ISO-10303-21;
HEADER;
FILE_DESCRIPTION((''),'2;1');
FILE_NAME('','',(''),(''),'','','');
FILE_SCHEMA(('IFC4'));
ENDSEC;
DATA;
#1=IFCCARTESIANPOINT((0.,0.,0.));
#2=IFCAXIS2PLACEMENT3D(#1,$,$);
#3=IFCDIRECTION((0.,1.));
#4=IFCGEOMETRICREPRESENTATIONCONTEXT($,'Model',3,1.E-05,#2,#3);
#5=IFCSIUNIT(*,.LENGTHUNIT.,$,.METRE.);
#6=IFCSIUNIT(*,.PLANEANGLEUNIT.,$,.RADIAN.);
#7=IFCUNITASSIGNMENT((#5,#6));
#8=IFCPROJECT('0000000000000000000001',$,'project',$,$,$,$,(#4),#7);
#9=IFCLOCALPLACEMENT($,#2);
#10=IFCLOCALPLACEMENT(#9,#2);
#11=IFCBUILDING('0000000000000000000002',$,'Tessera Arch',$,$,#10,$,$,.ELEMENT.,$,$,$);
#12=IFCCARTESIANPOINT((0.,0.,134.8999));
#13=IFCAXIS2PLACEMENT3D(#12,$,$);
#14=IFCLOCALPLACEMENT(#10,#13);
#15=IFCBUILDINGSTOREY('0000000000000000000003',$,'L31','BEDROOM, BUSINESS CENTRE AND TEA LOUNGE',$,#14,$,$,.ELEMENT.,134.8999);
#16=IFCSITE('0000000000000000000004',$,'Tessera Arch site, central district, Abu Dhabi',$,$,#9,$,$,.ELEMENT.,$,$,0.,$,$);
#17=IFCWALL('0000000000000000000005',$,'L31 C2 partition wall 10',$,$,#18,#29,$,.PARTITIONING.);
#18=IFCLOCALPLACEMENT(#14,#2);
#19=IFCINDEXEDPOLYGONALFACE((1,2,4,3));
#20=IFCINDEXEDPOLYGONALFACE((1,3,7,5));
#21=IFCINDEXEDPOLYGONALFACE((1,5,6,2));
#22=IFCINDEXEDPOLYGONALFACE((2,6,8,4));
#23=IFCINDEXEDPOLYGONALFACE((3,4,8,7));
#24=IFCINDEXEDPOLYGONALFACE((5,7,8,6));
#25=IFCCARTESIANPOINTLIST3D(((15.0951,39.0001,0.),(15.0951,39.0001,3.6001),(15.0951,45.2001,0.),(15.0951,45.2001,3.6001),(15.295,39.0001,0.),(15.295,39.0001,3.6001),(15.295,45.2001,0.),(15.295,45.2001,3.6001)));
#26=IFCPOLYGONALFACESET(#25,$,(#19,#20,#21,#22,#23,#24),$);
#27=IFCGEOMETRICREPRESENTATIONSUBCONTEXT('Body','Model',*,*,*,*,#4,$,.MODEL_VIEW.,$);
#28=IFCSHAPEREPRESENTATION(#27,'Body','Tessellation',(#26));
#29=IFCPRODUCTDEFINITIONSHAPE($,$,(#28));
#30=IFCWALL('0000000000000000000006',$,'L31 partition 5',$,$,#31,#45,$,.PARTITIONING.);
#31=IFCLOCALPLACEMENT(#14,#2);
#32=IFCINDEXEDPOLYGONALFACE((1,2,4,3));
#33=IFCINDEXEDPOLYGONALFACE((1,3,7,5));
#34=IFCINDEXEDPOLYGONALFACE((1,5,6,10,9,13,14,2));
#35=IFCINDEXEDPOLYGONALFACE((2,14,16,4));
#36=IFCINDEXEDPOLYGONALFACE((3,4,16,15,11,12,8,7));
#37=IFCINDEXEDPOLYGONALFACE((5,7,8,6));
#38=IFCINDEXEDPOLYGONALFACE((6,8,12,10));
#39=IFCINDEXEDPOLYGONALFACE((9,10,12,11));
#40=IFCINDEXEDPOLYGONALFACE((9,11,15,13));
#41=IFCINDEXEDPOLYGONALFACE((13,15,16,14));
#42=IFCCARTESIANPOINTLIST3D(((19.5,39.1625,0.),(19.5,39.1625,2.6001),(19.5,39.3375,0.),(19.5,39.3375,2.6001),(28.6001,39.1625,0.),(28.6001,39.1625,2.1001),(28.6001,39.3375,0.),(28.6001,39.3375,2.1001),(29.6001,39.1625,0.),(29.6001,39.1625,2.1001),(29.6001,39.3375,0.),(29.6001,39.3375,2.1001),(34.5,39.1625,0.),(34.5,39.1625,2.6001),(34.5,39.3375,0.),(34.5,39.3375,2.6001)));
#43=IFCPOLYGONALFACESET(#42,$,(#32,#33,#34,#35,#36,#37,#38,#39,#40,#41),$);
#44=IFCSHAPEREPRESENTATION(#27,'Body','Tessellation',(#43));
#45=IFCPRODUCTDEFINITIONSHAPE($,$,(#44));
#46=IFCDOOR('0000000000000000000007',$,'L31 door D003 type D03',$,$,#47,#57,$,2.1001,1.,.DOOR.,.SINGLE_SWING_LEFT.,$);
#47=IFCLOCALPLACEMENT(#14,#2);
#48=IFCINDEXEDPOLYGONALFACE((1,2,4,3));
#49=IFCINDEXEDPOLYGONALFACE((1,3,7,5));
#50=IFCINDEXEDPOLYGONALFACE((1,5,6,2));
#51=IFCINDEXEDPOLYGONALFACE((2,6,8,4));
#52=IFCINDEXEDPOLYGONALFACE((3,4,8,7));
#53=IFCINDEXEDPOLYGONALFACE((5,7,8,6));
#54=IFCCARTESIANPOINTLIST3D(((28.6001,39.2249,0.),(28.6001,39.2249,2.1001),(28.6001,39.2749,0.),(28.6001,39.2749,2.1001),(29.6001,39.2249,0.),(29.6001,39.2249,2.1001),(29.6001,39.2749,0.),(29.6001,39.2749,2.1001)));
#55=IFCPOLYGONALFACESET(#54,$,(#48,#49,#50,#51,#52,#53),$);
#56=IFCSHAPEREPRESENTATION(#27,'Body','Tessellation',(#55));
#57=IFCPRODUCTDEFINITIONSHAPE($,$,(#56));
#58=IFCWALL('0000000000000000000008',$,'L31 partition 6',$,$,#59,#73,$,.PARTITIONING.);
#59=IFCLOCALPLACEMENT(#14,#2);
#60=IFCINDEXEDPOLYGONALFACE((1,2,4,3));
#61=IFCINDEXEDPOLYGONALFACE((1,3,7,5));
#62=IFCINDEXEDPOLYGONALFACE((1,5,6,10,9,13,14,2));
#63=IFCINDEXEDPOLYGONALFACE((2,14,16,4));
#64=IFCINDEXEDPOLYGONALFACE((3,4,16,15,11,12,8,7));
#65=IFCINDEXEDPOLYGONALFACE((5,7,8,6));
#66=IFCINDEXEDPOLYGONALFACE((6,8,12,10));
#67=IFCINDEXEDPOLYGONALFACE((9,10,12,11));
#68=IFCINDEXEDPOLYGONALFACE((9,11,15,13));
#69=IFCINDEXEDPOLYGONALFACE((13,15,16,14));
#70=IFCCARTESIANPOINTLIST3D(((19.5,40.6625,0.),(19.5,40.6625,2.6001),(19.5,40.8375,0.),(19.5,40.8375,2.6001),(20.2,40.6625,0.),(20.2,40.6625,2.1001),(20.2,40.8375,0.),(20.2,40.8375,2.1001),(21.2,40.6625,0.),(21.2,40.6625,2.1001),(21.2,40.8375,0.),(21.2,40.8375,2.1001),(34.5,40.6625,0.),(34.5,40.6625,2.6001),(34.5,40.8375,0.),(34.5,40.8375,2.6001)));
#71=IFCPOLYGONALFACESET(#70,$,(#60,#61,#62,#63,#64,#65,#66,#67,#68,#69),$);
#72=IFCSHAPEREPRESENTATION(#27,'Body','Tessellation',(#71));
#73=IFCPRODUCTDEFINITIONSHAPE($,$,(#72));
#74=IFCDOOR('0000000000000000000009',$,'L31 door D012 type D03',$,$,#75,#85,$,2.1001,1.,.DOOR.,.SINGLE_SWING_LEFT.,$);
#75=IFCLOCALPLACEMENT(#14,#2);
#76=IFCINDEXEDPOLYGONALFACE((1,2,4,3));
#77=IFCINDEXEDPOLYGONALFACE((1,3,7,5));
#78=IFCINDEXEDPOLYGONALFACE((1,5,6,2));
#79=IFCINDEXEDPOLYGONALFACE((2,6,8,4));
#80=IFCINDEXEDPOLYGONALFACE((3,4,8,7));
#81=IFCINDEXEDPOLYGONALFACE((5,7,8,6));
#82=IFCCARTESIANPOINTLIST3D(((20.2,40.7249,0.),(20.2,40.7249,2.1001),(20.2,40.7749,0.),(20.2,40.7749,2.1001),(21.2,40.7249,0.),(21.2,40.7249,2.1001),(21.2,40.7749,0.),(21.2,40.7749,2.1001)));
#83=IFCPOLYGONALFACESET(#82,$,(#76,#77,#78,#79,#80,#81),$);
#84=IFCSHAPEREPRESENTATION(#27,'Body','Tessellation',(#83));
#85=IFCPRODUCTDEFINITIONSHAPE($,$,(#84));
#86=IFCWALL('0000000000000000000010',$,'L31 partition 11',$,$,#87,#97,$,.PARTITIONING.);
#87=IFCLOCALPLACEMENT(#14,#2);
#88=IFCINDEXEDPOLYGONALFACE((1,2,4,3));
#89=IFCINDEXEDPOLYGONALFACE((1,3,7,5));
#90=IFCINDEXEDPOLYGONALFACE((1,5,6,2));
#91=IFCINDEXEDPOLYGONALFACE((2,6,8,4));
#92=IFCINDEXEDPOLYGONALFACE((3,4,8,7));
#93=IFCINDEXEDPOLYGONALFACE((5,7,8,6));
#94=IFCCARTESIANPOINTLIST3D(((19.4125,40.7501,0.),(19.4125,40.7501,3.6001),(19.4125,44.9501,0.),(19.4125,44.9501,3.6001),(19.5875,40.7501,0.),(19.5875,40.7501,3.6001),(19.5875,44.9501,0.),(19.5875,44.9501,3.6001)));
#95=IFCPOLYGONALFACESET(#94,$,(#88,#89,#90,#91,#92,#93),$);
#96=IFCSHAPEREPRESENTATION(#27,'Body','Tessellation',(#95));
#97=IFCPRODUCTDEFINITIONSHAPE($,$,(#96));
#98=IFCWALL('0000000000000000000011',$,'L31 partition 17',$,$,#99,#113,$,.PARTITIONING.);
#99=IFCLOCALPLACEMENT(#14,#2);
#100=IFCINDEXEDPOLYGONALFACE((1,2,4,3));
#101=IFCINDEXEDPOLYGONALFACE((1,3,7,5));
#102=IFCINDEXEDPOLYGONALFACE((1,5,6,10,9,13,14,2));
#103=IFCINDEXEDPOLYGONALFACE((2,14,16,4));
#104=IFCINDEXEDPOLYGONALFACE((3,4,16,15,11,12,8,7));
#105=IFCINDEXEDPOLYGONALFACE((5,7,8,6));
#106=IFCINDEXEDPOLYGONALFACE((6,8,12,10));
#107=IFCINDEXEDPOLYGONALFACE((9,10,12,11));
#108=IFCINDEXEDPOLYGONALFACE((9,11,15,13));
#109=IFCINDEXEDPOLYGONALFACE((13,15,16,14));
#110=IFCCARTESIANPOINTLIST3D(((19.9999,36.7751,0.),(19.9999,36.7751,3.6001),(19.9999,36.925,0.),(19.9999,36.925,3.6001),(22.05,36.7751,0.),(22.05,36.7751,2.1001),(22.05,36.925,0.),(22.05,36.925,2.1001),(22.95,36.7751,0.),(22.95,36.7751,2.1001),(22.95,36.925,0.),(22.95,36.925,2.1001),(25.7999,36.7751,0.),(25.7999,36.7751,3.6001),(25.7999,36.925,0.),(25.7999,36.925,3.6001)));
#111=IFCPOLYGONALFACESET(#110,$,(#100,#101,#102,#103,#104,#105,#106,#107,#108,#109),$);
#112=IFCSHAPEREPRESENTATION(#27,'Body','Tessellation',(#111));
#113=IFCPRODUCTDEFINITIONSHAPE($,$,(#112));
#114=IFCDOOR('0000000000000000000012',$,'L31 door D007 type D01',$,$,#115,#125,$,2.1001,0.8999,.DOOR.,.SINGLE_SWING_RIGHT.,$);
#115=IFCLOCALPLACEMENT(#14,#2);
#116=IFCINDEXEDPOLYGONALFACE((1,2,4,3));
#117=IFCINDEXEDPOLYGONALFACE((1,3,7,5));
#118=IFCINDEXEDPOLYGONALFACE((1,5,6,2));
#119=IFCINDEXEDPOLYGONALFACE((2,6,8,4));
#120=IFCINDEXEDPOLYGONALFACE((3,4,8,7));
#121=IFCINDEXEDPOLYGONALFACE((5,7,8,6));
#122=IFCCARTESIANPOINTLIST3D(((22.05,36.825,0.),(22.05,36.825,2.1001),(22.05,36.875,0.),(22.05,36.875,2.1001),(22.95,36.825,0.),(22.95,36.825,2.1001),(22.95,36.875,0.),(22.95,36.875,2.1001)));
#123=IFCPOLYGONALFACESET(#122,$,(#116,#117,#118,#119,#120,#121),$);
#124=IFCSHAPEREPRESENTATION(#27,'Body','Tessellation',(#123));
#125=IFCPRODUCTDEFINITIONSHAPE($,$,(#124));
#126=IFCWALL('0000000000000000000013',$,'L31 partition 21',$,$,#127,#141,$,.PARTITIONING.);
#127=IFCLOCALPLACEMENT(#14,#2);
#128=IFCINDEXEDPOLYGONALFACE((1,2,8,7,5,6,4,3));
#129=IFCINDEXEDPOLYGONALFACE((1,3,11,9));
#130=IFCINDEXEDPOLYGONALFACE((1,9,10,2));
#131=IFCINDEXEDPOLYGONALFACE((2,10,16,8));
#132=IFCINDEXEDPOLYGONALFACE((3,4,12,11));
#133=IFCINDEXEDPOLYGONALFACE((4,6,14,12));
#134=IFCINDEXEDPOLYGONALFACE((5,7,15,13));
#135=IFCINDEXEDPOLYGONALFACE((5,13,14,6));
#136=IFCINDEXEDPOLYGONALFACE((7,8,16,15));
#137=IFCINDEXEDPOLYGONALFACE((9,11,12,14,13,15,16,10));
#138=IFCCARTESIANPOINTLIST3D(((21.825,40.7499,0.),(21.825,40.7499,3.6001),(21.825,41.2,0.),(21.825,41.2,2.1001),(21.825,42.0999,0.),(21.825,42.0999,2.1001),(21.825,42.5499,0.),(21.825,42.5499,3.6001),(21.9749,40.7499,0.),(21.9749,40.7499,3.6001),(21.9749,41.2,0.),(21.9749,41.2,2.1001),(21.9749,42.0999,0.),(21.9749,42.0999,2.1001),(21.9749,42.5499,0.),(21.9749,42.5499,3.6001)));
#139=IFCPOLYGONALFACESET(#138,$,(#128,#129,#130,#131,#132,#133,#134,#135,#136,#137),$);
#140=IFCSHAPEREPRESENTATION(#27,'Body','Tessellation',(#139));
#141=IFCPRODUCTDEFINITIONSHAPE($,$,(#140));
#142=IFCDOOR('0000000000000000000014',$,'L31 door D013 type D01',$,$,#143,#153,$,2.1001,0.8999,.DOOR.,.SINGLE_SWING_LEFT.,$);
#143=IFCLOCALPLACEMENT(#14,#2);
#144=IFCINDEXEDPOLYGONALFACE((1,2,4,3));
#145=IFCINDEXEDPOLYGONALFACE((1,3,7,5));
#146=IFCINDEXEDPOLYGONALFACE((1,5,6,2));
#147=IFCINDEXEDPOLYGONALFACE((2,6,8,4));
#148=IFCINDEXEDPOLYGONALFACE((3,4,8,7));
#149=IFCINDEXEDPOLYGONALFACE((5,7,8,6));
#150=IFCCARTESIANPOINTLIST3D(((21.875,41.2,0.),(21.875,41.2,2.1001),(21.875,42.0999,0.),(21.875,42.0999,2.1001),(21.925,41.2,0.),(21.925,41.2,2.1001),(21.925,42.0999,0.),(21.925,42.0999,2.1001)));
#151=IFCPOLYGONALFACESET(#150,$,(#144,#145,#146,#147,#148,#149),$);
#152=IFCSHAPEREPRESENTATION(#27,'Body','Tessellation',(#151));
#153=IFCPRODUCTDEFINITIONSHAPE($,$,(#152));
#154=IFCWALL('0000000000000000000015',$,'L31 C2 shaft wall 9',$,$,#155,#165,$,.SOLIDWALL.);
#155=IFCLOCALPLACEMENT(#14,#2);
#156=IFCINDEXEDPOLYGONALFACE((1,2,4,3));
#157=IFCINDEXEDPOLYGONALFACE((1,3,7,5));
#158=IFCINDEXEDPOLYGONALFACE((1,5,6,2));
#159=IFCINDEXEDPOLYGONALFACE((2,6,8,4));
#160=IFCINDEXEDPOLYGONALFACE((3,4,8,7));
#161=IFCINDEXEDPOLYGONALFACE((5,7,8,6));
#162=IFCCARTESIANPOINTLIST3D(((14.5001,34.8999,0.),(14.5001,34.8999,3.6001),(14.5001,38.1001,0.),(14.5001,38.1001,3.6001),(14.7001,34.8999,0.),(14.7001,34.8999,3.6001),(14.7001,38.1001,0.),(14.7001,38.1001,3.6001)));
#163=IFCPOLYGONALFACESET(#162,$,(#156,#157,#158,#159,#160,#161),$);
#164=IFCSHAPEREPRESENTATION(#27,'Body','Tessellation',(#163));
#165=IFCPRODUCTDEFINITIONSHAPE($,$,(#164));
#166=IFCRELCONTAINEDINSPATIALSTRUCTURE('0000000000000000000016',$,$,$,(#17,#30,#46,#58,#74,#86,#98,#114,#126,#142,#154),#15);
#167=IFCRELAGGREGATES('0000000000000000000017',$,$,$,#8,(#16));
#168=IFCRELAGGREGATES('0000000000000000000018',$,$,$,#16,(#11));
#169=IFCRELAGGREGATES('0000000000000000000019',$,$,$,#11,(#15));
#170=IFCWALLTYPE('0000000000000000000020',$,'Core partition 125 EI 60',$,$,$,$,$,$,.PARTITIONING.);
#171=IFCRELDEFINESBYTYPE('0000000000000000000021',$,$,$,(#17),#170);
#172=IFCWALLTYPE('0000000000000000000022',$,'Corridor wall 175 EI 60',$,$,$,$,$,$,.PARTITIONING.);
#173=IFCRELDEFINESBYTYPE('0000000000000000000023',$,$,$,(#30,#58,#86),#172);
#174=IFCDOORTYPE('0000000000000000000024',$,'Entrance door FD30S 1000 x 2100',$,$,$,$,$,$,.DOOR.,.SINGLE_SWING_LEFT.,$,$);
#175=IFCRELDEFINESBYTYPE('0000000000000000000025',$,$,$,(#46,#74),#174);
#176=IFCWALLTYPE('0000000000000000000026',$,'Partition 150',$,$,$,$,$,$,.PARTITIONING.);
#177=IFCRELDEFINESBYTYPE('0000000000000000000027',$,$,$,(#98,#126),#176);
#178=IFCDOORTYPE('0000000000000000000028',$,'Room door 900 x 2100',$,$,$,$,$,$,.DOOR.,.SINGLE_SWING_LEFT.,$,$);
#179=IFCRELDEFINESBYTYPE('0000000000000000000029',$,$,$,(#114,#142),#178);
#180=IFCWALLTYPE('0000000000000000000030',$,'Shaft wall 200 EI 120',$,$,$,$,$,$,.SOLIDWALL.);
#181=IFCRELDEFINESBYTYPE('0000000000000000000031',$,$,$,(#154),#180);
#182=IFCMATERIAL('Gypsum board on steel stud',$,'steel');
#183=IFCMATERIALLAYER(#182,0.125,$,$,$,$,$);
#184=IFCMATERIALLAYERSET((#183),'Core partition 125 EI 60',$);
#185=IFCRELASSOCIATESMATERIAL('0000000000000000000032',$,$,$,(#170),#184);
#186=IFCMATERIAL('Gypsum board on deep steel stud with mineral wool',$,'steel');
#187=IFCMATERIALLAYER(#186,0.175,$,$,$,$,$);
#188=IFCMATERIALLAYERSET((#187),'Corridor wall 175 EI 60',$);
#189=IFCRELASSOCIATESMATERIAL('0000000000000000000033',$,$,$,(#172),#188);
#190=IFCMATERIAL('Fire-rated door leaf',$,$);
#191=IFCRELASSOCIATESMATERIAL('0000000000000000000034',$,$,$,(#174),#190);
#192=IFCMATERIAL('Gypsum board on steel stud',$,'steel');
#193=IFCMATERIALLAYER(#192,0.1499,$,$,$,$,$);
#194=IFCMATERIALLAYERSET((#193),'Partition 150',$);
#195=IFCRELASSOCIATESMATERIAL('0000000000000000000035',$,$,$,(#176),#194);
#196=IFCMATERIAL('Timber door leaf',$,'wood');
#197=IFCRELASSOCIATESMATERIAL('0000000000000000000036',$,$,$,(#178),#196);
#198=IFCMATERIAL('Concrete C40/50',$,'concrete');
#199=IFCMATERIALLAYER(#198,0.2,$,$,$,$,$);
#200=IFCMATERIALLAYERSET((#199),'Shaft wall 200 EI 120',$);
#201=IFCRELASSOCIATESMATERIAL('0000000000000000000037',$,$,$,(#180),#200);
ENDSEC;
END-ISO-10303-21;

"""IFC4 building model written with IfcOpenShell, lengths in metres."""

from ifc_helpers import new_model, si_unit, direction, frame, frame_2d, origin, place, context, subcontext, project, spatial, rectangle, extrude, material, layer, layer_set, type_object, element, fill, save


model = new_model("IFC4")

# Units and contexts
model_context = context("Model", 3, precision=1e-05, world=origin(), true_north=direction((0.0, 1.0)))
body_context = subcontext(model_context, "Body", "Model", "MODEL_VIEW")
ifc_project = project(units=[si_unit("LENGTHUNIT", "METRE"), si_unit("PLANEANGLEUNIT", "RADIAN")], contexts=[model_context])

# Site, building, storey
site_placement = place(None, origin())
site = spatial("IfcSite", under=ifc_project, at=site_placement, Name="Tessera Arch site, central district, Abu Dhabi", CompositionType="ELEMENT", RefElevation=0.0)
building_placement = place(site_placement, origin())
building = spatial("IfcBuilding", under=site, at=building_placement, Name="Tessera Arch", CompositionType="ELEMENT")
storey_placement = place(building_placement, frame((0.0, 0.0, 134.8999)))
storey = spatial("IfcBuildingStorey", under=building, at=storey_placement, Name="L31", Description="BEDROOM, BUSINESS CENTRE AND TEA LOUNGE", CompositionType="ELEMENT", Elevation=134.8999)

# Wall
ifc_material_1 = material(Name="Gypsum board on steel stud", Category="steel")
ifc_layer_1 = layer(ifc_material_1, 0.125)
ifc_layer_set_1 = layer_set([ifc_layer_1], Name="Core partition 125 EI 60")
wall_type_1 = type_object("IfcWallType", Name="Core partition 125 EI 60", PredefinedType="PARTITIONING", material=ifc_layer_set_1)
wall_1_placement = place(storey_placement, frame((15.1951, 39.0, 0.0), z_axis=(0.0, 0.0, 1.0), x_axis=(0.0, 1.0, 0.0)))
element("IfcWall", 1, at=wall_1_placement, inside=storey, type_object=wall_type_1, Name="L31 C2 partition wall 10", PredefinedType="PARTITIONING", context=body_context, shape_type="SweptSolid", body=[
    extrude(rectangle(XDim=6.2, YDim=0.2, at=frame_2d((3.1001, 0.0))), origin(), (0.0, 0.0, 1.0), 3.6001),
])

# Walls, openings, doors
ifc_material_2 = material(Name="Gypsum board on deep steel stud with mineral wool", Category="steel")
ifc_layer_2 = layer(ifc_material_2, 0.175)
ifc_layer_set_2 = layer_set([ifc_layer_2], Name="Corridor wall 175 EI 60")
wall_type_2 = type_object("IfcWallType", Name="Corridor wall 175 EI 60", PredefinedType="PARTITIONING", material=ifc_layer_set_2)
wall_2_placement = place(storey_placement, frame((19.5, 39.25, 0.0), z_axis=(0.0, 0.0, 1.0), x_axis=(1.0, 0.0, 0.0)))
wall_2 = element("IfcWall", 2, at=wall_2_placement, inside=storey, type_object=wall_type_2, Name="L31 partition 5", PredefinedType="PARTITIONING", context=body_context, shape_type="SweptSolid", body=[
    extrude(rectangle(XDim=15.0, YDim=0.175, at=frame_2d((7.5, 0.0))), origin(), (0.0, 0.0, 1.0), 2.6001),
])
opening_1_placement = place(wall_2_placement, frame((9.1001, 0.0, 0.0)))
opening_1 = element("IfcOpeningElement", 3, at=opening_1_placement, cuts=wall_2, PredefinedType="OPENING", context=body_context, shape_type="SweptSolid", body=[
    extrude(rectangle(XDim=1.0, YDim=2.1001, at=frame_2d((0.5, 1.05))), frame((0.0, 0.0974, 0.0), z_axis=(0.0, -1.0, 0.0), x_axis=(1.0, 0.0, 0.0)), (0.0, 0.0, 1.0), 0.1951),
])
ifc_material_3 = material(Name="Fire-rated door leaf")
door_type_1 = type_object("IfcDoorType", Name="Entrance door FD30S 1000 x 2100", OperationType="SINGLE_SWING_LEFT", PredefinedType="DOOR", material=ifc_material_3)
door_1_placement = place(opening_1_placement, origin())
door_1 = element("IfcDoor", 4, at=door_1_placement, inside=storey, type_object=door_type_1, Name="L31 door D003 type D03", OperationType="SINGLE_SWING_LEFT", OverallHeight=2.1001, OverallWidth=1.0, PredefinedType="DOOR", context=body_context, shape_type="SweptSolid", body=[
    extrude(rectangle(XDim=1.0, YDim=2.1001, at=frame_2d((0.5, 1.05))), frame((0.0, 0.0249, 0.0), z_axis=(0.0, -1.0, 0.0), x_axis=(1.0, 0.0, 0.0)), (0.0, 0.0, 1.0), 0.05),
])
fill(opening_1, door_1)
wall_3_placement = place(storey_placement, frame((19.5, 40.75, 0.0), z_axis=(0.0, 0.0, 1.0), x_axis=(1.0, 0.0, 0.0)))
wall_3 = element("IfcWall", 5, at=wall_3_placement, inside=storey, type_object=wall_type_2, Name="L31 partition 6", PredefinedType="PARTITIONING", context=body_context, shape_type="SweptSolid", body=[
    extrude(rectangle(XDim=15.0, YDim=0.175, at=frame_2d((7.5, 0.0))), origin(), (0.0, 0.0, 1.0), 2.6001),
])
opening_2_placement = place(wall_3_placement, frame((0.7, 0.0, 0.0)))
opening_2 = element("IfcOpeningElement", 6, at=opening_2_placement, cuts=wall_3, PredefinedType="OPENING", context=body_context, shape_type="SweptSolid", body=[
    extrude(rectangle(XDim=1.0, YDim=2.1001, at=frame_2d((0.5, 1.05))), frame((0.0, 0.0974, 0.0), z_axis=(0.0, -1.0, 0.0), x_axis=(1.0, 0.0, 0.0)), (0.0, 0.0, 1.0), 0.1951),
])
door_2_placement = place(opening_2_placement, origin())
door_2 = element("IfcDoor", 7, at=door_2_placement, inside=storey, type_object=door_type_1, Name="L31 door D012 type D03", OperationType="SINGLE_SWING_LEFT", OverallHeight=2.1001, OverallWidth=1.0, PredefinedType="DOOR", context=body_context, shape_type="SweptSolid", body=[
    extrude(rectangle(XDim=1.0, YDim=2.1001, at=frame_2d((0.5, 1.05))), frame((0.0, 0.0249, 0.0), z_axis=(0.0, -1.0, 0.0), x_axis=(1.0, 0.0, 0.0)), (0.0, 0.0, 1.0), 0.05),
])
fill(opening_2, door_2)

# Wall
wall_4_placement = place(storey_placement, frame((19.5, 40.75, 0.0), z_axis=(0.0, 0.0, 1.0), x_axis=(0.0, 1.0, 0.0)))
element("IfcWall", 8, at=wall_4_placement, inside=storey, type_object=wall_type_2, Name="L31 partition 11", PredefinedType="PARTITIONING", context=body_context, shape_type="SweptSolid", body=[
    extrude(rectangle(XDim=4.2, YDim=0.175, at=frame_2d((2.1001, 0.0))), origin(), (0.0, 0.0, 1.0), 3.6001),
])

# Walls, openings, doors
ifc_material_4 = material(Name="Gypsum board on steel stud", Category="steel")
ifc_layer_3 = layer(ifc_material_4, 0.1499)
ifc_layer_set_3 = layer_set([ifc_layer_3], Name="Partition 150")
wall_type_3 = type_object("IfcWallType", Name="Partition 150", PredefinedType="PARTITIONING", material=ifc_layer_set_3)
wall_5_placement = place(storey_placement, frame((20.0, 36.8501, 0.0), z_axis=(0.0, 0.0, 1.0), x_axis=(1.0, 0.0, 0.0)))
wall_5 = element("IfcWall", 9, at=wall_5_placement, inside=storey, type_object=wall_type_3, Name="L31 partition 17", PredefinedType="PARTITIONING", context=body_context, shape_type="SweptSolid", body=[
    extrude(rectangle(XDim=5.8, YDim=0.1499, at=frame_2d((2.8999, 0.0))), origin(), (0.0, 0.0, 1.0), 3.6001),
])
opening_3_placement = place(wall_5_placement, frame((2.05, 0.0, 0.0)))
opening_3 = element("IfcOpeningElement", 10, at=opening_3_placement, cuts=wall_5, PredefinedType="OPENING", context=body_context, shape_type="SweptSolid", body=[
    extrude(rectangle(XDim=0.8999, YDim=2.1001, at=frame_2d((0.45, 1.05))), frame((0.0, 0.085, 0.0), z_axis=(0.0, -1.0, 0.0), x_axis=(1.0, 0.0, 0.0)), (0.0, 0.0, 1.0), 0.1699),
])
ifc_material_5 = material(Name="Timber door leaf", Category="wood")
door_type_2 = type_object("IfcDoorType", Name="Room door 900 x 2100", OperationType="SINGLE_SWING_LEFT", PredefinedType="DOOR", material=ifc_material_5)
door_3_placement = place(opening_3_placement, origin())
door_3 = element("IfcDoor", 11, at=door_3_placement, inside=storey, type_object=door_type_2, Name="L31 door D007 type D01", OperationType="SINGLE_SWING_RIGHT", OverallHeight=2.1001, OverallWidth=0.8999, PredefinedType="DOOR", context=body_context, shape_type="SweptSolid", body=[
    extrude(rectangle(XDim=0.8999, YDim=2.1001, at=frame_2d((0.45, 1.05))), frame((0.0, 0.0249, 0.0), z_axis=(0.0, -1.0, 0.0), x_axis=(1.0, 0.0, 0.0)), (0.0, 0.0, 1.0), 0.05),
])
fill(opening_3, door_3)
wall_6_placement = place(storey_placement, frame((21.8999, 40.75, 0.0), z_axis=(0.0, 0.0, 1.0), x_axis=(0.0, 1.0, 0.0)))
wall_6 = element("IfcWall", 12, at=wall_6_placement, inside=storey, type_object=wall_type_3, Name="L31 partition 21", PredefinedType="PARTITIONING", context=body_context, shape_type="SweptSolid", body=[
    extrude(rectangle(XDim=1.8, YDim=0.1499, at=frame_2d((0.8999, 0.0))), origin(), (0.0, 0.0, 1.0), 3.6001),
])
opening_4_placement = place(wall_6_placement, frame((0.45, 0.0, 0.0)))
opening_4 = element("IfcOpeningElement", 13, at=opening_4_placement, cuts=wall_6, PredefinedType="OPENING", context=body_context, shape_type="SweptSolid", body=[
    extrude(rectangle(XDim=0.8999, YDim=2.1001, at=frame_2d((0.45, 1.05))), frame((0.0, 0.085, 0.0), z_axis=(0.0, -1.0, 0.0), x_axis=(1.0, 0.0, 0.0)), (0.0, 0.0, 1.0), 0.1699),
])
door_4_placement = place(opening_4_placement, origin())
door_4 = element("IfcDoor", 14, at=door_4_placement, inside=storey, type_object=door_type_2, Name="L31 door D013 type D01", OperationType="SINGLE_SWING_LEFT", OverallHeight=2.1001, OverallWidth=0.8999, PredefinedType="DOOR", context=body_context, shape_type="SweptSolid", body=[
    extrude(rectangle(XDim=0.8999, YDim=2.1001, at=frame_2d((0.45, 1.05))), frame((0.0, 0.0249, 0.0), z_axis=(0.0, -1.0, 0.0), x_axis=(1.0, 0.0, 0.0)), (0.0, 0.0, 1.0), 0.05),
])
fill(opening_4, door_4)

# Wall
ifc_material_6 = material(Name="Concrete C40/50", Category="concrete")
ifc_layer_4 = layer(ifc_material_6, 0.2)
ifc_layer_set_4 = layer_set([ifc_layer_4], Name="Shaft wall 200 EI 120")
wall_type_4 = type_object("IfcWallType", Name="Shaft wall 200 EI 120", PredefinedType="SOLIDWALL", material=ifc_layer_set_4)
for number, where, z_axis, x_axis, name in (
    (15, (14.6001, 34.8999, 0.0), (0.0, 0.0, 1.0), (0.0, 1.0, 0.0), "L31 C2 shaft wall 9"),
):
    element("IfcWall", number, at=place(storey_placement, frame(where, z_axis=z_axis, x_axis=x_axis)), inside=storey, type_object=wall_type_4, Name=name, PredefinedType="SOLIDWALL", context=body_context, shape_type="SweptSolid", body=[
        extrude(rectangle(XDim=3.2002, YDim=0.2, at=frame_2d((1.6001, 0.0))), origin(), (0.0, 0.0, 1.0), 3.6001),
    ])

save(model, "model.ifc")
